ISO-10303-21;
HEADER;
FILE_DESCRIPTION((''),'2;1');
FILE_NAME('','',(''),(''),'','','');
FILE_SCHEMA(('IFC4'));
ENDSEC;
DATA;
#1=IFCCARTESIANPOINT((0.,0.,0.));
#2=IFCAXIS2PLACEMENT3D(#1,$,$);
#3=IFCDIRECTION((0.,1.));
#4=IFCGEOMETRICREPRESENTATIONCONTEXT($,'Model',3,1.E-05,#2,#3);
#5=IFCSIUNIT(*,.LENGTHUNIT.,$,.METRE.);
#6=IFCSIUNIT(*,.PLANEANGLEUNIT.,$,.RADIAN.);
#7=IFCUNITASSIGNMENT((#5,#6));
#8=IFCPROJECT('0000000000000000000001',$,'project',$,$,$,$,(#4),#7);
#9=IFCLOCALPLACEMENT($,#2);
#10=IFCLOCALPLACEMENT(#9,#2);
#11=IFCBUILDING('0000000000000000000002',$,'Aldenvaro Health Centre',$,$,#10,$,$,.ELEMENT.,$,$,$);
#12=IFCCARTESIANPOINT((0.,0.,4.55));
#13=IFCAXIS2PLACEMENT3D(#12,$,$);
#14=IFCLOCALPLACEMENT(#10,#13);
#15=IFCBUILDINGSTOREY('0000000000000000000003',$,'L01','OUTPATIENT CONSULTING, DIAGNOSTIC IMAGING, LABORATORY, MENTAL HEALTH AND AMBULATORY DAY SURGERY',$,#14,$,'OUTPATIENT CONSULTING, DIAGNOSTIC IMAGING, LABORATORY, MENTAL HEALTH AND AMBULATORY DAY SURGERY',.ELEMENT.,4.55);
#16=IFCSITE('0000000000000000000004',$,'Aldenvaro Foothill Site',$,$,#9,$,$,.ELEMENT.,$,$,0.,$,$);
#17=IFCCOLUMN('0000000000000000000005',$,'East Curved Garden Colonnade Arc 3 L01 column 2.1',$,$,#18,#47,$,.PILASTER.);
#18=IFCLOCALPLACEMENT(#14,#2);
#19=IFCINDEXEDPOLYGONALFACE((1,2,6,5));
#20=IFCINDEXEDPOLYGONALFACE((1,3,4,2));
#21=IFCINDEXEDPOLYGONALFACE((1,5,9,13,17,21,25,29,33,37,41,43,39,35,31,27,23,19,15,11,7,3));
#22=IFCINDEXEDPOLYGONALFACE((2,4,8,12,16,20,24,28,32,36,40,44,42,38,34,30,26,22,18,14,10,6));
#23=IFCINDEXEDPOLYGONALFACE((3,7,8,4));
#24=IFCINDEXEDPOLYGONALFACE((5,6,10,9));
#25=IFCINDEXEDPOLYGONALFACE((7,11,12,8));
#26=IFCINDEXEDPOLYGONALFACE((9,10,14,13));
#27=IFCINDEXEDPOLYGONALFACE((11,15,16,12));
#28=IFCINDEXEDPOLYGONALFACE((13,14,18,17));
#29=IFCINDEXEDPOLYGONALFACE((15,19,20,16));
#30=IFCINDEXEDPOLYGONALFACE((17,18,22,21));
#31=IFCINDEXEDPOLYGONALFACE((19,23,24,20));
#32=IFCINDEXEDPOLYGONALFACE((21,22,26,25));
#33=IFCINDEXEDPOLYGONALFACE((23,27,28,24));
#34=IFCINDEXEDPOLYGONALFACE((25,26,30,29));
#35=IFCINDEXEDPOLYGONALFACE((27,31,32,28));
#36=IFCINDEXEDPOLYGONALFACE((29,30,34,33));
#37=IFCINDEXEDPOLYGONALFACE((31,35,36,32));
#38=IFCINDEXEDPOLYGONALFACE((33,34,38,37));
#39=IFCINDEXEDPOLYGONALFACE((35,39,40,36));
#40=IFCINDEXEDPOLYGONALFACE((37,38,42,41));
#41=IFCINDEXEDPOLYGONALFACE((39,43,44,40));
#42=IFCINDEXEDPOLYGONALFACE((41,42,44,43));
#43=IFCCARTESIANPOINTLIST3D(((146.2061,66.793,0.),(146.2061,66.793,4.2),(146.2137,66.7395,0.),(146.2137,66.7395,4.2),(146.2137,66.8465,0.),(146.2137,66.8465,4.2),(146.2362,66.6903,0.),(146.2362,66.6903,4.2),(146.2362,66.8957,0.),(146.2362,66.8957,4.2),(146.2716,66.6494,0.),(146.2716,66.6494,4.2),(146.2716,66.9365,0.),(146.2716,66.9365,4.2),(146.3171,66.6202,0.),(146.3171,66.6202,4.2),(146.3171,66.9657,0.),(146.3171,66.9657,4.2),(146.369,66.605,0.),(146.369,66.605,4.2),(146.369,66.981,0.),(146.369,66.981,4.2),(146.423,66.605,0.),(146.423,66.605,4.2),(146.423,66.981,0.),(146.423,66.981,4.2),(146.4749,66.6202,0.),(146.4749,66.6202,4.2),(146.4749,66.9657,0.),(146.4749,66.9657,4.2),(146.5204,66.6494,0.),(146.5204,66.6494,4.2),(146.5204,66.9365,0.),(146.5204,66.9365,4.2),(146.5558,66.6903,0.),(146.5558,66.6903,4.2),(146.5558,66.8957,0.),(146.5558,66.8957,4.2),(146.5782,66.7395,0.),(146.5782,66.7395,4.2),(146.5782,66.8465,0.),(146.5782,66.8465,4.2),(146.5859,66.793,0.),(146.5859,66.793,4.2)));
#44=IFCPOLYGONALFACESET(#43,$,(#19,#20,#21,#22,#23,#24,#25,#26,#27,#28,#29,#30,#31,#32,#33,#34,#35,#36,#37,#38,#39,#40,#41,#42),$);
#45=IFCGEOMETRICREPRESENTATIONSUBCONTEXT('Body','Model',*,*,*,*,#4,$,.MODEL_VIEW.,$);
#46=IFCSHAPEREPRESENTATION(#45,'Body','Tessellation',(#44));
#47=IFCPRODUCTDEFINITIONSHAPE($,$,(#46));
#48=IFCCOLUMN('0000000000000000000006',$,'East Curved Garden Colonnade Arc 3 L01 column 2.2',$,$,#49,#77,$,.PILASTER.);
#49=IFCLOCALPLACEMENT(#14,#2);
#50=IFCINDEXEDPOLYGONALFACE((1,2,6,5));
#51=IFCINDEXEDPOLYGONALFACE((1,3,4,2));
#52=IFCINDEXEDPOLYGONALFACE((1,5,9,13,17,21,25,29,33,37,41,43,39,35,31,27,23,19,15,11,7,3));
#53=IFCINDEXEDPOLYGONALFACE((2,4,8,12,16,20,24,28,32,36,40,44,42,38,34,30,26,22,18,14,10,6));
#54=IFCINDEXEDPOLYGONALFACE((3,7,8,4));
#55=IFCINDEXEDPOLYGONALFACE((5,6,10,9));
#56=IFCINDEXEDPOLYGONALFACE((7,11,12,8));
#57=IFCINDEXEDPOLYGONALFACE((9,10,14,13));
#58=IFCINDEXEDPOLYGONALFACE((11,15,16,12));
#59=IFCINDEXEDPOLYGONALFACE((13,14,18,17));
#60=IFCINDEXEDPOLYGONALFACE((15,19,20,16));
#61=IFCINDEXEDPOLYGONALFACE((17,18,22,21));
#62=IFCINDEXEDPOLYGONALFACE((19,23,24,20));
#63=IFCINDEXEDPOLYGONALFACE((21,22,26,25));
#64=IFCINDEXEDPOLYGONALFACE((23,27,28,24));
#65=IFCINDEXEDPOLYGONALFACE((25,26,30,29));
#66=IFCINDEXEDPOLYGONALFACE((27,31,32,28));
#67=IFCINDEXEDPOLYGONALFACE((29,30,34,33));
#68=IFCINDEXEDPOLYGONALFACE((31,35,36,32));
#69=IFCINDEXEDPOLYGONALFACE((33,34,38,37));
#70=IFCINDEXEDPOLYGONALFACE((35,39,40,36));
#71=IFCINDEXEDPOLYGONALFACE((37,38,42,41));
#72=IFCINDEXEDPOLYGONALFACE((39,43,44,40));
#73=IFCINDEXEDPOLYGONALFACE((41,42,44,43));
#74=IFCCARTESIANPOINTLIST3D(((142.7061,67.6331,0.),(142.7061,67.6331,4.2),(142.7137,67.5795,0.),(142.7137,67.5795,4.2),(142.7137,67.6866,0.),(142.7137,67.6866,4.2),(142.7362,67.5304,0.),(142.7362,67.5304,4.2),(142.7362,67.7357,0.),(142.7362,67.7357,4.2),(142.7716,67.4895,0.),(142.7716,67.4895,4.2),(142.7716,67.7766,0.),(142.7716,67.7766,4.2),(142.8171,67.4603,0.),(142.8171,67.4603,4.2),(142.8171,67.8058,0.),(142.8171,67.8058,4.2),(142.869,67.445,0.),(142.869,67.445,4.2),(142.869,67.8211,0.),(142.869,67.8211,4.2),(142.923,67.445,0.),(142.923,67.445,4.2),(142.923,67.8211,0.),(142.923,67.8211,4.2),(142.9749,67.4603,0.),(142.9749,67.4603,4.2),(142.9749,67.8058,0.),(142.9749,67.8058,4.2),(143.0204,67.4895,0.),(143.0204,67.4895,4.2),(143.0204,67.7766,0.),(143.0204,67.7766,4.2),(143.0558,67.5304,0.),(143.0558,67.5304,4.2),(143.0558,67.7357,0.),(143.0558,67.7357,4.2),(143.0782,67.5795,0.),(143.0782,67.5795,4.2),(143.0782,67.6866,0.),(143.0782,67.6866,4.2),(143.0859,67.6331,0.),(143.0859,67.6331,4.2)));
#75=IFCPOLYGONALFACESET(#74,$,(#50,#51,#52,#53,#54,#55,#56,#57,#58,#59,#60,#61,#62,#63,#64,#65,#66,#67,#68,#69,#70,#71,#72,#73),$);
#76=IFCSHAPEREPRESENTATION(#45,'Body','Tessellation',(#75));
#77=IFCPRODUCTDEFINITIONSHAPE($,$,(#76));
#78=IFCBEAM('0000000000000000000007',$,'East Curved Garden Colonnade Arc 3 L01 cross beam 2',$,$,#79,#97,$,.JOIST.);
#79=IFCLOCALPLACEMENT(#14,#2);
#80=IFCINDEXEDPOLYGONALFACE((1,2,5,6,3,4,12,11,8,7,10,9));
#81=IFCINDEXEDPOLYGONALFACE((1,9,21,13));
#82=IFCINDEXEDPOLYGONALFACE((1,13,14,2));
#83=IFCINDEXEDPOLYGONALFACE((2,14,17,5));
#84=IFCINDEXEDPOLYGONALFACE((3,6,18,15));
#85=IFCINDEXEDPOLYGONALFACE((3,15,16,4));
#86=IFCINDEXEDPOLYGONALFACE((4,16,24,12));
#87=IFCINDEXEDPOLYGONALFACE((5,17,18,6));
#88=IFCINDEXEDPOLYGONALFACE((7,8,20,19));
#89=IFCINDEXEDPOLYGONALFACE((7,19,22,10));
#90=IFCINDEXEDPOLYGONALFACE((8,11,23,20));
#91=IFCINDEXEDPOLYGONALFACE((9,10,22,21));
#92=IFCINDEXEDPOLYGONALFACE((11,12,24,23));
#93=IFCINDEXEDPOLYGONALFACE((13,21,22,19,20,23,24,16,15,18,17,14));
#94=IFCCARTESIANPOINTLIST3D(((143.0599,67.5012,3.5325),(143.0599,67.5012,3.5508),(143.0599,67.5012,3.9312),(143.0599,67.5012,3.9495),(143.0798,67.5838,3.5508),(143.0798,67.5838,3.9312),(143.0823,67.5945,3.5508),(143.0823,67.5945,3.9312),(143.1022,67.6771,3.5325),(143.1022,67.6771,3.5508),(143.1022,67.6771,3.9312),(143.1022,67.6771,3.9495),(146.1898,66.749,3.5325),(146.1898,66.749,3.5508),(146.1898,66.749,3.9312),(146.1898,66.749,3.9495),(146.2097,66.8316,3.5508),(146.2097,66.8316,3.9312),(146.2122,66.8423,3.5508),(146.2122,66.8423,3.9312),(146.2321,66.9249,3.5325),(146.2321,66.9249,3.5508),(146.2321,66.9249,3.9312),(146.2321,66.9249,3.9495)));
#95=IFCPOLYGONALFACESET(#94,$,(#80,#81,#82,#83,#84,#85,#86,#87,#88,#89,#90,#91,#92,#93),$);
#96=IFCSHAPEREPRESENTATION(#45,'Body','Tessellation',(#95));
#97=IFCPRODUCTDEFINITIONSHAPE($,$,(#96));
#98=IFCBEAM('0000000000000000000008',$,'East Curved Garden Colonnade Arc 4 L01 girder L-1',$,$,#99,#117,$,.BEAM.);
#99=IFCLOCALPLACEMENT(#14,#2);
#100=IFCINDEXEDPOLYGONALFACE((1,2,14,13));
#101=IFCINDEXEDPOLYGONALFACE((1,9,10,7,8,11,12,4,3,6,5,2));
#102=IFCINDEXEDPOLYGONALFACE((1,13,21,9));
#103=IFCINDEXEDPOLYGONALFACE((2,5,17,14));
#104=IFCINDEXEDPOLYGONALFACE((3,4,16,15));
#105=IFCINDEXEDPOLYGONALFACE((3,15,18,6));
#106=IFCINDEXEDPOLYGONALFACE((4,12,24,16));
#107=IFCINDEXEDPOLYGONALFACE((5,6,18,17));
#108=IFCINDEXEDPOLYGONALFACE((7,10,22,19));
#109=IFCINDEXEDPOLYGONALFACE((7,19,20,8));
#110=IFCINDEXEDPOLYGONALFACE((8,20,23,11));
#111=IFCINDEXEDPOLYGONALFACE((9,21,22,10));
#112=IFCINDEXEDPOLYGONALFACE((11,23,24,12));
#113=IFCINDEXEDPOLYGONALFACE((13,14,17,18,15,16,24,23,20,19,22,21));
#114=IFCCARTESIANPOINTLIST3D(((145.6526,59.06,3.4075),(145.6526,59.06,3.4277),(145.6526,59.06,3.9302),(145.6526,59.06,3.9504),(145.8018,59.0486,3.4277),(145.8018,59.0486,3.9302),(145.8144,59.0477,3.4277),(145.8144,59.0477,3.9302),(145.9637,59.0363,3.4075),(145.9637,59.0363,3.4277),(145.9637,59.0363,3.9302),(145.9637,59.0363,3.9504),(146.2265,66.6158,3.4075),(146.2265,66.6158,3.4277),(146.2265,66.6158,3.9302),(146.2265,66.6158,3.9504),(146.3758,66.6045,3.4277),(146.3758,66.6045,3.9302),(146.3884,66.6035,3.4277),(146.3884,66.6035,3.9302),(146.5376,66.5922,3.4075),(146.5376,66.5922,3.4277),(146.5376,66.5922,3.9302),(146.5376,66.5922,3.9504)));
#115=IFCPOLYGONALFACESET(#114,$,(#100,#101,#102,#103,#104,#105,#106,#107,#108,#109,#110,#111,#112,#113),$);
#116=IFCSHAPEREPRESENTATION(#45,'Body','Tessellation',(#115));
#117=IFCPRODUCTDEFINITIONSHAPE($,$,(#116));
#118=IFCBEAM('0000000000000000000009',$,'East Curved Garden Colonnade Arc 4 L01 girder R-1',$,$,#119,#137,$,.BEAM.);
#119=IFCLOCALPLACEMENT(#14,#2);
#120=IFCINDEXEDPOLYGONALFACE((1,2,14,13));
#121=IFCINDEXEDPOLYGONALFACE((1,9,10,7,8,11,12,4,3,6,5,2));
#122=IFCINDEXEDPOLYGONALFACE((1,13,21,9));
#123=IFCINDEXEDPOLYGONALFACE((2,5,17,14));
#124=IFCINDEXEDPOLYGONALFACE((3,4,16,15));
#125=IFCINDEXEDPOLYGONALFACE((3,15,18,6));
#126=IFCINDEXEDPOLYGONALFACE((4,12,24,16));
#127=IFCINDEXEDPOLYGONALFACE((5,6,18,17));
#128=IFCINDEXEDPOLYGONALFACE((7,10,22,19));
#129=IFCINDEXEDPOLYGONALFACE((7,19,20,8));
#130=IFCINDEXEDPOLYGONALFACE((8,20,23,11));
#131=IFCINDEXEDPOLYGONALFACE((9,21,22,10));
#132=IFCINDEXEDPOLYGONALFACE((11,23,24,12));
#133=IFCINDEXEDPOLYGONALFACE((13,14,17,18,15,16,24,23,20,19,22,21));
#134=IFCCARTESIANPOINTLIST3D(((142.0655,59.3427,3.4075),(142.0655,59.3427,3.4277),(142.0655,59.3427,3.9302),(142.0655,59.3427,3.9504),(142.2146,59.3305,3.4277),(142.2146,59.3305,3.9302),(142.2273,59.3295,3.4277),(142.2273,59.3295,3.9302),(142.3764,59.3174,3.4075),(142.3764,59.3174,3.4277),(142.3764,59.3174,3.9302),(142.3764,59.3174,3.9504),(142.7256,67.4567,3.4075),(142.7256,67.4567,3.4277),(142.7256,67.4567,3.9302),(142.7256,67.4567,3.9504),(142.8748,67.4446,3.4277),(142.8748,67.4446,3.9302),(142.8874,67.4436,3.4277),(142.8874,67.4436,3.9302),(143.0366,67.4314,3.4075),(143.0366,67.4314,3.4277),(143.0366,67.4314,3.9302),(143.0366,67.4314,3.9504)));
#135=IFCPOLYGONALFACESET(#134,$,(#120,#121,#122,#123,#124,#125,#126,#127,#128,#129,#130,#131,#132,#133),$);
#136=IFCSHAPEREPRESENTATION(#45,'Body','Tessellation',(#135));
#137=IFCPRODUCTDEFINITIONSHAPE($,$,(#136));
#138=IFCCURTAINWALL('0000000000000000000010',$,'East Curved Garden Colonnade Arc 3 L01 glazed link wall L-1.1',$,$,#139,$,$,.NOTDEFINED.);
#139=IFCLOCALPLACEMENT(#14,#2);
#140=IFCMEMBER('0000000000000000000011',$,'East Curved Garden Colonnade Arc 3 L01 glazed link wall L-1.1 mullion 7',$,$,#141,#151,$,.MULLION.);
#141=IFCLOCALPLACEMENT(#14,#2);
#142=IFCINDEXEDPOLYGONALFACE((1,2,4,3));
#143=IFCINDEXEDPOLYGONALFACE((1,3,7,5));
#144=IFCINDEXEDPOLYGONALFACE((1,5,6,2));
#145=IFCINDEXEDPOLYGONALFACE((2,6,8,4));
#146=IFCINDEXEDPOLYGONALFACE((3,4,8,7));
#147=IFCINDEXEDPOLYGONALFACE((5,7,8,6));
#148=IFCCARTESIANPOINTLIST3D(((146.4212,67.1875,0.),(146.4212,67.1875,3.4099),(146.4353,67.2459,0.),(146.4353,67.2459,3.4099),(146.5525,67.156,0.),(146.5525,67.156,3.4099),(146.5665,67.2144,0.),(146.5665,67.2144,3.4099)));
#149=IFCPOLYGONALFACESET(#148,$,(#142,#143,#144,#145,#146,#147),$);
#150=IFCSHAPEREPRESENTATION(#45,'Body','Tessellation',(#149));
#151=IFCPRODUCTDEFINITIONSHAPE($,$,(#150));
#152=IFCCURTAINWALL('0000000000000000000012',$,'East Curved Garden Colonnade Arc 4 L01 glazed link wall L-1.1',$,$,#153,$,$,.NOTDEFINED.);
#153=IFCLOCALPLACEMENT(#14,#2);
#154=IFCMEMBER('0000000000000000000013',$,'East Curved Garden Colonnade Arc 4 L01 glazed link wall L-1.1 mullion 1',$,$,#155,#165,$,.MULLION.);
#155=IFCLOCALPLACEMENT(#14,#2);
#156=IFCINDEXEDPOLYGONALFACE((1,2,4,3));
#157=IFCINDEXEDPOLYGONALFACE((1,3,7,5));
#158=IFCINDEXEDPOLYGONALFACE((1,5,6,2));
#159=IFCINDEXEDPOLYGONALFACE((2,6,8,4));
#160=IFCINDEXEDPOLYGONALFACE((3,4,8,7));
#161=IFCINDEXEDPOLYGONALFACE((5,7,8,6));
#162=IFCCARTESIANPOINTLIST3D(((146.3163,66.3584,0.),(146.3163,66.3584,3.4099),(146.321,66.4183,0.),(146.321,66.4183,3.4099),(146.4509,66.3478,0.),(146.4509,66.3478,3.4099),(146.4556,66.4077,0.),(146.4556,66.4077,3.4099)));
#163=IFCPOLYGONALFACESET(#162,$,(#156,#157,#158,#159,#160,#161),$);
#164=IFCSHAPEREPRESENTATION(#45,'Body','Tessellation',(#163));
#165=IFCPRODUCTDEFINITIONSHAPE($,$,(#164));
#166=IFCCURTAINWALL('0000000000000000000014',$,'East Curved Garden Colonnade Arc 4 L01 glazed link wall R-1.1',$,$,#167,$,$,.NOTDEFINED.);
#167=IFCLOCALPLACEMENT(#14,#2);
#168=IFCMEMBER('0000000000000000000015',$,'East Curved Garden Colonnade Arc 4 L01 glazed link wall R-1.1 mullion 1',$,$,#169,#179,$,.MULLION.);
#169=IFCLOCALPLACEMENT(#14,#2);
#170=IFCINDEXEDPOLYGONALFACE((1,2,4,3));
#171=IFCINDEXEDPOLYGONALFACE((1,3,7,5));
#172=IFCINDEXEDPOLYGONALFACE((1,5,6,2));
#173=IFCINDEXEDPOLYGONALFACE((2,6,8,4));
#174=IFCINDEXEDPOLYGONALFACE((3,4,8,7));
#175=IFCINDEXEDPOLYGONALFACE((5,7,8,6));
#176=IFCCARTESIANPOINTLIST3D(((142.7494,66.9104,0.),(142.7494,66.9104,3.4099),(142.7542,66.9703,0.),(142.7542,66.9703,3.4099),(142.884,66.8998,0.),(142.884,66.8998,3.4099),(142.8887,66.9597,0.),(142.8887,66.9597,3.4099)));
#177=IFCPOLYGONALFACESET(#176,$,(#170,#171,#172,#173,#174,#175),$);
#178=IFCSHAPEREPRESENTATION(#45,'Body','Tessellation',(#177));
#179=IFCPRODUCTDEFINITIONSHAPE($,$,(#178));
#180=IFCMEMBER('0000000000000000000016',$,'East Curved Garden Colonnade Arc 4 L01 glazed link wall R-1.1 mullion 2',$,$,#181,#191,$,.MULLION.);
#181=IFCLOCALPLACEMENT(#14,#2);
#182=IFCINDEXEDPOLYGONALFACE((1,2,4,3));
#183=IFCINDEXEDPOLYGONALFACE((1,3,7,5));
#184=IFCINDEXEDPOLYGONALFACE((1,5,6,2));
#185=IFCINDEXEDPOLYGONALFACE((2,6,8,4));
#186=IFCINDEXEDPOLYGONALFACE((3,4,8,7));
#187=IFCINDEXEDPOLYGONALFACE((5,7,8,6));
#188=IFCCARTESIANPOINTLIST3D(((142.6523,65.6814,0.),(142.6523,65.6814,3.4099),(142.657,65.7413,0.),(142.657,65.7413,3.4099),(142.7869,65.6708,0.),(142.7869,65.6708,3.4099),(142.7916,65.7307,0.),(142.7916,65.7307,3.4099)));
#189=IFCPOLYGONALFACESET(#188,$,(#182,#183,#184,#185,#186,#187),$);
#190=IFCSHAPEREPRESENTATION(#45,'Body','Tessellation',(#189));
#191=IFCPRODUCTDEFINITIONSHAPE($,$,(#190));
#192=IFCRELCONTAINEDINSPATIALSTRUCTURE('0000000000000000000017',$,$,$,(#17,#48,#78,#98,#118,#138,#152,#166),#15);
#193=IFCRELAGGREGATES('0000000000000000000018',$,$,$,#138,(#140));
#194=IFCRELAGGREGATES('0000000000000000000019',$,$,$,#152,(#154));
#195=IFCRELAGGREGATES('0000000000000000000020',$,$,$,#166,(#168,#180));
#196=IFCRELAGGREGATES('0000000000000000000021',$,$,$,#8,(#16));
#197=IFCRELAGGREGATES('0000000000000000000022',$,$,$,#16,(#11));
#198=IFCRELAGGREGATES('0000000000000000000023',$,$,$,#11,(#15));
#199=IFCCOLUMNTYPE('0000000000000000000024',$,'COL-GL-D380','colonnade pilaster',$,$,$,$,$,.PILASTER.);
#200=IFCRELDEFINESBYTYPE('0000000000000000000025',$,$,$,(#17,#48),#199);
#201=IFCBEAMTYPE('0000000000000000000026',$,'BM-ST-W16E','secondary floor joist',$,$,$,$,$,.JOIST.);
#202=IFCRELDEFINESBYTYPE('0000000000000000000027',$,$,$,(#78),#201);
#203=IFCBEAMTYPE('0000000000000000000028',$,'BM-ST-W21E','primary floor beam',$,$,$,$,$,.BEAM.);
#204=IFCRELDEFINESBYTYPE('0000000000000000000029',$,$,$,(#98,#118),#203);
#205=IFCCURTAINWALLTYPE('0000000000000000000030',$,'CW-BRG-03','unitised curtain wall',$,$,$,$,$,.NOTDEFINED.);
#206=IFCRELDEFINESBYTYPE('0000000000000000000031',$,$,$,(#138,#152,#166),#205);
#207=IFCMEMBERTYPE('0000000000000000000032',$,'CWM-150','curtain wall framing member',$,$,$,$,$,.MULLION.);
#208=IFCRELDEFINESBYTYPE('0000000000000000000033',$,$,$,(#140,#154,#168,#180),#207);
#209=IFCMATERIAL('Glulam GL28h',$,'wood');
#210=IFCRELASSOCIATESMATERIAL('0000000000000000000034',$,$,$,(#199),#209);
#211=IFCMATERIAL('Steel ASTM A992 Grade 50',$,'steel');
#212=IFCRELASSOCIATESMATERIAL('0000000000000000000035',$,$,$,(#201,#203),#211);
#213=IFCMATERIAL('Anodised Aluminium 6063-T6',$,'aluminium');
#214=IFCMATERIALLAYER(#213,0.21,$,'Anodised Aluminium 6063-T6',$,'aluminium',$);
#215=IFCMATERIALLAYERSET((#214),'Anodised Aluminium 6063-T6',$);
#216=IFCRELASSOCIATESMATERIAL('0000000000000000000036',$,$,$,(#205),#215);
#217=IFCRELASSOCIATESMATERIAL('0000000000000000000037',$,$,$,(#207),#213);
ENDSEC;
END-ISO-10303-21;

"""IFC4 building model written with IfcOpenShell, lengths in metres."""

from ifc_helpers import new_model, si_unit, direction, frame, origin, origin_2d, place, context, subcontext, project, spatial, rectangle, circle, i_section, extrude, material, layer, layer_set, material_profile, profile_set, type_object, element, aggregate, save


model = new_model("IFC4")

# Units and contexts
model_context = context("Model", 3, precision=1e-05, world=origin(), true_north=direction((0.0, 1.0)))
body_context = subcontext(model_context, "Body", "Model", "MODEL_VIEW")
ifc_project = project(units=[si_unit("LENGTHUNIT", "METRE"), si_unit("PLANEANGLEUNIT", "RADIAN")], contexts=[model_context])

# Site, building, storey
site_placement = place(None, origin())
site = spatial("IfcSite", under=ifc_project, at=site_placement, Name="Aldenvaro Foothill Site", CompositionType="ELEMENT", RefElevation=0.0)
building_placement = place(site_placement, origin())
building = spatial("IfcBuilding", under=site, at=building_placement, Name="Aldenvaro Health Centre", CompositionType="ELEMENT")
storey_placement = place(building_placement, frame((0.0, 0.0, 4.55)))
storey = spatial("IfcBuildingStorey", under=building, at=storey_placement, Name="L01", Description="OUTPATIENT CONSULTING, DIAGNOSTIC IMAGING, LABORATORY, MENTAL HEALTH AND AMBULATORY DAY SURGERY", LongName="OUTPATIENT CONSULTING, DIAGNOSTIC IMAGING, LABORATORY, MENTAL HEALTH AND AMBULATORY DAY SURGERY", CompositionType="ELEMENT", Elevation=4.55)

# Columns
ifc_material_1 = material(Name="Glulam GL28h", Category="wood")
ifc_material_profile_1 = material_profile(ifc_material_1, circle(Radius=0.1899, at=origin_2d()), Name="GL D380", Category="wood")
ifc_profile_set_1 = profile_set([ifc_material_profile_1], Name="Glulam GL28h")
column_type = type_object("IfcColumnType", Name="COL-GL-D380", Description="colonnade pilaster", PredefinedType="PILASTER", material=ifc_profile_set_1)
for number, where, z_axis, x_axis, name in (
    (1, (146.396, 66.793, 0.0), (0.0, 0.0, 1.0), (1.0, 0.0, 0.0), "East Curved Garden Colonnade Arc 3 L01 column 2.1"),
    (2, (142.896, 67.6331, 0.0), (0.0, 0.0, 1.0), (1.0, 0.0, 0.0), "East Curved Garden Colonnade Arc 3 L01 column 2.2"),
):
    element("IfcColumn", number, at=place(storey_placement, frame(where, z_axis=z_axis, x_axis=x_axis)), inside=storey, type_object=column_type, Name=name, PredefinedType="PILASTER", context=body_context, shape_type="SweptSolid", body=[
        extrude(circle(Radius=0.1899, at=origin_2d()), origin(), (0.0, 0.0, 1.0), 4.2),
    ])

# Beams
ifc_material_2 = material(Name="Steel ASTM A992 Grade 50", Category="steel")
ifc_material_profile_2 = material_profile(ifc_material_2, i_section(OverallWidth=0.1809, OverallDepth=0.417, WebThickness=0.011, FlangeThickness=0.0183, at=origin_2d()), Name="W16X57", Category="steel")
ifc_profile_set_2 = profile_set([ifc_material_profile_2], Name="Steel ASTM A992 Grade 50")
beam_type_1 = type_object("IfcBeamType", Name="BM-ST-W16E", Description="secondary floor joist", PredefinedType="JOIST", material=ifc_profile_set_2)
beam_1_placement = place(storey_placement, frame((146.2109, 66.8369, 3.741), z_axis=(-0.972315, 0.233674, 0.0), x_axis=(-0.233674, -0.972315, 0.0)))
element("IfcBeam", 3, at=beam_1_placement, inside=storey, type_object=beam_type_1, Name="East Curved Garden Colonnade Arc 3 L01 cross beam 2", PredefinedType="JOIST", context=body_context, shape_type="SweptSolid", body=[
    extrude(i_section(OverallWidth=0.1809, OverallDepth=0.417, WebThickness=0.011, FlangeThickness=0.0183, at=origin_2d()), origin(), (0.0, 0.0, 1.0), 3.219),
])
ifc_material_profile_3 = material_profile(ifc_material_2, i_section(OverallWidth=0.312, OverallDepth=0.543, WebThickness=0.0127, FlangeThickness=0.0203, at=origin_2d()), Name="W21X101", Category="steel")
ifc_profile_set_3 = profile_set([ifc_material_profile_3], Name="Steel ASTM A992 Grade 50")
beam_type_2 = type_object("IfcBeamType", Name="BM-ST-W21E", Description="primary floor beam", PredefinedType="BEAM", material=ifc_profile_set_3)
beam_2_placement = place(storey_placement, frame((146.3821, 66.604, 3.679), z_axis=(-0.075745, -0.997127, 0.0), x_axis=(0.997127, -0.075745, 0.0)))
element("IfcBeam", 4, at=beam_2_placement, inside=storey, type_object=beam_type_2, Name="East Curved Garden Colonnade Arc 4 L01 girder L-1", PredefinedType="BEAM", context=body_context, shape_type="SweptSolid", body=[
    extrude(i_section(OverallWidth=0.312, OverallDepth=0.543, WebThickness=0.0127, FlangeThickness=0.0203, at=origin_2d()), origin(), (0.0, 0.0, 1.0), 7.5776),
])
beam_3_placement = place(storey_placement, frame((142.8811, 67.4441, 3.679), z_axis=(-0.081092, -0.996707, 0.0), x_axis=(0.996707, -0.081092, 0.0)))
element("IfcBeam", 5, at=beam_3_placement, inside=storey, type_object=beam_type_2, Name="East Curved Garden Colonnade Arc 4 L01 girder R-1", PredefinedType="BEAM", context=body_context, shape_type="SweptSolid", body=[
    extrude(i_section(OverallWidth=0.312, OverallDepth=0.543, WebThickness=0.0127, FlangeThickness=0.0203, at=origin_2d()), origin(), (0.0, 0.0, 1.0), 8.1409),
])

# Curtain walls, members
ifc_material_3 = material(Name="Anodised Aluminium 6063-T6", Category="aluminium")
ifc_layer_1 = layer(ifc_material_3, 0.21, Name="Anodised Aluminium 6063-T6", Category="aluminium")
ifc_layer_set_1 = layer_set([ifc_layer_1], Name="Anodised Aluminium 6063-T6")
curtain_wall_type = type_object("IfcCurtainWallType", Name="CW-BRG-03", Description="unitised curtain wall", PredefinedType="NOTDEFINED", material=ifc_layer_set_1)
curtain_wall_1_placement = place(storey_placement, origin())
curtain_wall_1 = element("IfcCurtainWall", 6, at=curtain_wall_1_placement, inside=storey, type_object=curtain_wall_type, Name="East Curved Garden Colonnade Arc 3 L01 glazed link wall L-1.1", PredefinedType="NOTDEFINED")
ifc_material_profile_4 = material_profile(ifc_material_3, rectangle(XDim=0.0601, YDim=0.135, at=origin_2d()), Name="ALU 60x135", Category="aluminium")
ifc_profile_set_4 = profile_set([ifc_material_profile_4], Name="Anodised Aluminium 6063-T6")
member_type_1 = type_object("IfcMemberType", Name="CWM-150", Description="curtain wall framing member", PredefinedType="MULLION", material=ifc_profile_set_4)
member_1_placement = place(storey_placement, frame((146.4939, 67.2009, 0.0), z_axis=(0.0, 0.0, 1.0), x_axis=(-0.233612, -0.97233, 0.0)))
member_1 = element("IfcMember", 7, at=member_1_placement, type_object=member_type_1, Name="East Curved Garden Colonnade Arc 3 L01 glazed link wall L-1.1 mullion 7", PredefinedType="MULLION", context=body_context, shape_type="SweptSolid", body=[
    extrude(rectangle(XDim=0.0601, YDim=0.135, at=origin_2d()), origin(), (0.0, 0.0, 1.0), 3.4099),
])
aggregate(curtain_wall_1, [member_1])
curtain_wall_2_placement = place(storey_placement, origin())
curtain_wall_2 = element("IfcCurtainWall", 8, at=curtain_wall_2_placement, inside=storey, type_object=curtain_wall_type, Name="East Curved Garden Colonnade Arc 4 L01 glazed link wall L-1.1", PredefinedType="NOTDEFINED")
member_2_placement = place(storey_placement, frame((146.386, 66.3831, 0.0), z_axis=(0.0, 0.0, 1.0), x_axis=(-0.078435, -0.996919, 0.0)))
member_2 = element("IfcMember", 9, at=member_2_placement, type_object=member_type_1, Name="East Curved Garden Colonnade Arc 4 L01 glazed link wall L-1.1 mullion 1", PredefinedType="MULLION", context=body_context, shape_type="SweptSolid", body=[
    extrude(rectangle(XDim=0.0601, YDim=0.135, at=origin_2d()), origin(), (0.0, 0.0, 1.0), 3.4099),
])

# Curtain wall, members
curtain_wall_3_placement = place(storey_placement, origin())
curtain_wall_3 = element("IfcCurtainWall", 10, at=curtain_wall_3_placement, inside=storey, type_object=curtain_wall_type, Name="East Curved Garden Colonnade Arc 4 L01 glazed link wall R-1.1", PredefinedType="NOTDEFINED")
member_3_placement = place(storey_placement, frame((142.8191, 66.9351, 0.0), z_axis=(0.0, 0.0, 1.0), x_axis=(-0.078536, -0.996911, 0.0)))
member_3 = element("IfcMember", 11, at=member_3_placement, type_object=member_type_1, Name="East Curved Garden Colonnade Arc 4 L01 glazed link wall R-1.1 mullion 1", PredefinedType="MULLION", context=body_context, shape_type="SweptSolid", body=[
    extrude(rectangle(XDim=0.0601, YDim=0.135, at=origin_2d()), origin(), (0.0, 0.0, 1.0), 3.4099),
])
member_4_placement = place(storey_placement, frame((142.7219, 65.7061, 0.0), z_axis=(0.0, 0.0, 1.0), x_axis=(-0.078536, -0.996911, 0.0)))
member_4 = element("IfcMember", 12, at=member_4_placement, type_object=member_type_1, Name="East Curved Garden Colonnade Arc 4 L01 glazed link wall R-1.1 mullion 2", PredefinedType="MULLION", context=body_context, shape_type="SweptSolid", body=[
    extrude(rectangle(XDim=0.0601, YDim=0.135, at=origin_2d()), origin(), (0.0, 0.0, 1.0), 3.4099),
])

aggregate(curtain_wall_2, [member_2])
aggregate(curtain_wall_3, [member_3, member_4])

save(model, "model.ifc")
